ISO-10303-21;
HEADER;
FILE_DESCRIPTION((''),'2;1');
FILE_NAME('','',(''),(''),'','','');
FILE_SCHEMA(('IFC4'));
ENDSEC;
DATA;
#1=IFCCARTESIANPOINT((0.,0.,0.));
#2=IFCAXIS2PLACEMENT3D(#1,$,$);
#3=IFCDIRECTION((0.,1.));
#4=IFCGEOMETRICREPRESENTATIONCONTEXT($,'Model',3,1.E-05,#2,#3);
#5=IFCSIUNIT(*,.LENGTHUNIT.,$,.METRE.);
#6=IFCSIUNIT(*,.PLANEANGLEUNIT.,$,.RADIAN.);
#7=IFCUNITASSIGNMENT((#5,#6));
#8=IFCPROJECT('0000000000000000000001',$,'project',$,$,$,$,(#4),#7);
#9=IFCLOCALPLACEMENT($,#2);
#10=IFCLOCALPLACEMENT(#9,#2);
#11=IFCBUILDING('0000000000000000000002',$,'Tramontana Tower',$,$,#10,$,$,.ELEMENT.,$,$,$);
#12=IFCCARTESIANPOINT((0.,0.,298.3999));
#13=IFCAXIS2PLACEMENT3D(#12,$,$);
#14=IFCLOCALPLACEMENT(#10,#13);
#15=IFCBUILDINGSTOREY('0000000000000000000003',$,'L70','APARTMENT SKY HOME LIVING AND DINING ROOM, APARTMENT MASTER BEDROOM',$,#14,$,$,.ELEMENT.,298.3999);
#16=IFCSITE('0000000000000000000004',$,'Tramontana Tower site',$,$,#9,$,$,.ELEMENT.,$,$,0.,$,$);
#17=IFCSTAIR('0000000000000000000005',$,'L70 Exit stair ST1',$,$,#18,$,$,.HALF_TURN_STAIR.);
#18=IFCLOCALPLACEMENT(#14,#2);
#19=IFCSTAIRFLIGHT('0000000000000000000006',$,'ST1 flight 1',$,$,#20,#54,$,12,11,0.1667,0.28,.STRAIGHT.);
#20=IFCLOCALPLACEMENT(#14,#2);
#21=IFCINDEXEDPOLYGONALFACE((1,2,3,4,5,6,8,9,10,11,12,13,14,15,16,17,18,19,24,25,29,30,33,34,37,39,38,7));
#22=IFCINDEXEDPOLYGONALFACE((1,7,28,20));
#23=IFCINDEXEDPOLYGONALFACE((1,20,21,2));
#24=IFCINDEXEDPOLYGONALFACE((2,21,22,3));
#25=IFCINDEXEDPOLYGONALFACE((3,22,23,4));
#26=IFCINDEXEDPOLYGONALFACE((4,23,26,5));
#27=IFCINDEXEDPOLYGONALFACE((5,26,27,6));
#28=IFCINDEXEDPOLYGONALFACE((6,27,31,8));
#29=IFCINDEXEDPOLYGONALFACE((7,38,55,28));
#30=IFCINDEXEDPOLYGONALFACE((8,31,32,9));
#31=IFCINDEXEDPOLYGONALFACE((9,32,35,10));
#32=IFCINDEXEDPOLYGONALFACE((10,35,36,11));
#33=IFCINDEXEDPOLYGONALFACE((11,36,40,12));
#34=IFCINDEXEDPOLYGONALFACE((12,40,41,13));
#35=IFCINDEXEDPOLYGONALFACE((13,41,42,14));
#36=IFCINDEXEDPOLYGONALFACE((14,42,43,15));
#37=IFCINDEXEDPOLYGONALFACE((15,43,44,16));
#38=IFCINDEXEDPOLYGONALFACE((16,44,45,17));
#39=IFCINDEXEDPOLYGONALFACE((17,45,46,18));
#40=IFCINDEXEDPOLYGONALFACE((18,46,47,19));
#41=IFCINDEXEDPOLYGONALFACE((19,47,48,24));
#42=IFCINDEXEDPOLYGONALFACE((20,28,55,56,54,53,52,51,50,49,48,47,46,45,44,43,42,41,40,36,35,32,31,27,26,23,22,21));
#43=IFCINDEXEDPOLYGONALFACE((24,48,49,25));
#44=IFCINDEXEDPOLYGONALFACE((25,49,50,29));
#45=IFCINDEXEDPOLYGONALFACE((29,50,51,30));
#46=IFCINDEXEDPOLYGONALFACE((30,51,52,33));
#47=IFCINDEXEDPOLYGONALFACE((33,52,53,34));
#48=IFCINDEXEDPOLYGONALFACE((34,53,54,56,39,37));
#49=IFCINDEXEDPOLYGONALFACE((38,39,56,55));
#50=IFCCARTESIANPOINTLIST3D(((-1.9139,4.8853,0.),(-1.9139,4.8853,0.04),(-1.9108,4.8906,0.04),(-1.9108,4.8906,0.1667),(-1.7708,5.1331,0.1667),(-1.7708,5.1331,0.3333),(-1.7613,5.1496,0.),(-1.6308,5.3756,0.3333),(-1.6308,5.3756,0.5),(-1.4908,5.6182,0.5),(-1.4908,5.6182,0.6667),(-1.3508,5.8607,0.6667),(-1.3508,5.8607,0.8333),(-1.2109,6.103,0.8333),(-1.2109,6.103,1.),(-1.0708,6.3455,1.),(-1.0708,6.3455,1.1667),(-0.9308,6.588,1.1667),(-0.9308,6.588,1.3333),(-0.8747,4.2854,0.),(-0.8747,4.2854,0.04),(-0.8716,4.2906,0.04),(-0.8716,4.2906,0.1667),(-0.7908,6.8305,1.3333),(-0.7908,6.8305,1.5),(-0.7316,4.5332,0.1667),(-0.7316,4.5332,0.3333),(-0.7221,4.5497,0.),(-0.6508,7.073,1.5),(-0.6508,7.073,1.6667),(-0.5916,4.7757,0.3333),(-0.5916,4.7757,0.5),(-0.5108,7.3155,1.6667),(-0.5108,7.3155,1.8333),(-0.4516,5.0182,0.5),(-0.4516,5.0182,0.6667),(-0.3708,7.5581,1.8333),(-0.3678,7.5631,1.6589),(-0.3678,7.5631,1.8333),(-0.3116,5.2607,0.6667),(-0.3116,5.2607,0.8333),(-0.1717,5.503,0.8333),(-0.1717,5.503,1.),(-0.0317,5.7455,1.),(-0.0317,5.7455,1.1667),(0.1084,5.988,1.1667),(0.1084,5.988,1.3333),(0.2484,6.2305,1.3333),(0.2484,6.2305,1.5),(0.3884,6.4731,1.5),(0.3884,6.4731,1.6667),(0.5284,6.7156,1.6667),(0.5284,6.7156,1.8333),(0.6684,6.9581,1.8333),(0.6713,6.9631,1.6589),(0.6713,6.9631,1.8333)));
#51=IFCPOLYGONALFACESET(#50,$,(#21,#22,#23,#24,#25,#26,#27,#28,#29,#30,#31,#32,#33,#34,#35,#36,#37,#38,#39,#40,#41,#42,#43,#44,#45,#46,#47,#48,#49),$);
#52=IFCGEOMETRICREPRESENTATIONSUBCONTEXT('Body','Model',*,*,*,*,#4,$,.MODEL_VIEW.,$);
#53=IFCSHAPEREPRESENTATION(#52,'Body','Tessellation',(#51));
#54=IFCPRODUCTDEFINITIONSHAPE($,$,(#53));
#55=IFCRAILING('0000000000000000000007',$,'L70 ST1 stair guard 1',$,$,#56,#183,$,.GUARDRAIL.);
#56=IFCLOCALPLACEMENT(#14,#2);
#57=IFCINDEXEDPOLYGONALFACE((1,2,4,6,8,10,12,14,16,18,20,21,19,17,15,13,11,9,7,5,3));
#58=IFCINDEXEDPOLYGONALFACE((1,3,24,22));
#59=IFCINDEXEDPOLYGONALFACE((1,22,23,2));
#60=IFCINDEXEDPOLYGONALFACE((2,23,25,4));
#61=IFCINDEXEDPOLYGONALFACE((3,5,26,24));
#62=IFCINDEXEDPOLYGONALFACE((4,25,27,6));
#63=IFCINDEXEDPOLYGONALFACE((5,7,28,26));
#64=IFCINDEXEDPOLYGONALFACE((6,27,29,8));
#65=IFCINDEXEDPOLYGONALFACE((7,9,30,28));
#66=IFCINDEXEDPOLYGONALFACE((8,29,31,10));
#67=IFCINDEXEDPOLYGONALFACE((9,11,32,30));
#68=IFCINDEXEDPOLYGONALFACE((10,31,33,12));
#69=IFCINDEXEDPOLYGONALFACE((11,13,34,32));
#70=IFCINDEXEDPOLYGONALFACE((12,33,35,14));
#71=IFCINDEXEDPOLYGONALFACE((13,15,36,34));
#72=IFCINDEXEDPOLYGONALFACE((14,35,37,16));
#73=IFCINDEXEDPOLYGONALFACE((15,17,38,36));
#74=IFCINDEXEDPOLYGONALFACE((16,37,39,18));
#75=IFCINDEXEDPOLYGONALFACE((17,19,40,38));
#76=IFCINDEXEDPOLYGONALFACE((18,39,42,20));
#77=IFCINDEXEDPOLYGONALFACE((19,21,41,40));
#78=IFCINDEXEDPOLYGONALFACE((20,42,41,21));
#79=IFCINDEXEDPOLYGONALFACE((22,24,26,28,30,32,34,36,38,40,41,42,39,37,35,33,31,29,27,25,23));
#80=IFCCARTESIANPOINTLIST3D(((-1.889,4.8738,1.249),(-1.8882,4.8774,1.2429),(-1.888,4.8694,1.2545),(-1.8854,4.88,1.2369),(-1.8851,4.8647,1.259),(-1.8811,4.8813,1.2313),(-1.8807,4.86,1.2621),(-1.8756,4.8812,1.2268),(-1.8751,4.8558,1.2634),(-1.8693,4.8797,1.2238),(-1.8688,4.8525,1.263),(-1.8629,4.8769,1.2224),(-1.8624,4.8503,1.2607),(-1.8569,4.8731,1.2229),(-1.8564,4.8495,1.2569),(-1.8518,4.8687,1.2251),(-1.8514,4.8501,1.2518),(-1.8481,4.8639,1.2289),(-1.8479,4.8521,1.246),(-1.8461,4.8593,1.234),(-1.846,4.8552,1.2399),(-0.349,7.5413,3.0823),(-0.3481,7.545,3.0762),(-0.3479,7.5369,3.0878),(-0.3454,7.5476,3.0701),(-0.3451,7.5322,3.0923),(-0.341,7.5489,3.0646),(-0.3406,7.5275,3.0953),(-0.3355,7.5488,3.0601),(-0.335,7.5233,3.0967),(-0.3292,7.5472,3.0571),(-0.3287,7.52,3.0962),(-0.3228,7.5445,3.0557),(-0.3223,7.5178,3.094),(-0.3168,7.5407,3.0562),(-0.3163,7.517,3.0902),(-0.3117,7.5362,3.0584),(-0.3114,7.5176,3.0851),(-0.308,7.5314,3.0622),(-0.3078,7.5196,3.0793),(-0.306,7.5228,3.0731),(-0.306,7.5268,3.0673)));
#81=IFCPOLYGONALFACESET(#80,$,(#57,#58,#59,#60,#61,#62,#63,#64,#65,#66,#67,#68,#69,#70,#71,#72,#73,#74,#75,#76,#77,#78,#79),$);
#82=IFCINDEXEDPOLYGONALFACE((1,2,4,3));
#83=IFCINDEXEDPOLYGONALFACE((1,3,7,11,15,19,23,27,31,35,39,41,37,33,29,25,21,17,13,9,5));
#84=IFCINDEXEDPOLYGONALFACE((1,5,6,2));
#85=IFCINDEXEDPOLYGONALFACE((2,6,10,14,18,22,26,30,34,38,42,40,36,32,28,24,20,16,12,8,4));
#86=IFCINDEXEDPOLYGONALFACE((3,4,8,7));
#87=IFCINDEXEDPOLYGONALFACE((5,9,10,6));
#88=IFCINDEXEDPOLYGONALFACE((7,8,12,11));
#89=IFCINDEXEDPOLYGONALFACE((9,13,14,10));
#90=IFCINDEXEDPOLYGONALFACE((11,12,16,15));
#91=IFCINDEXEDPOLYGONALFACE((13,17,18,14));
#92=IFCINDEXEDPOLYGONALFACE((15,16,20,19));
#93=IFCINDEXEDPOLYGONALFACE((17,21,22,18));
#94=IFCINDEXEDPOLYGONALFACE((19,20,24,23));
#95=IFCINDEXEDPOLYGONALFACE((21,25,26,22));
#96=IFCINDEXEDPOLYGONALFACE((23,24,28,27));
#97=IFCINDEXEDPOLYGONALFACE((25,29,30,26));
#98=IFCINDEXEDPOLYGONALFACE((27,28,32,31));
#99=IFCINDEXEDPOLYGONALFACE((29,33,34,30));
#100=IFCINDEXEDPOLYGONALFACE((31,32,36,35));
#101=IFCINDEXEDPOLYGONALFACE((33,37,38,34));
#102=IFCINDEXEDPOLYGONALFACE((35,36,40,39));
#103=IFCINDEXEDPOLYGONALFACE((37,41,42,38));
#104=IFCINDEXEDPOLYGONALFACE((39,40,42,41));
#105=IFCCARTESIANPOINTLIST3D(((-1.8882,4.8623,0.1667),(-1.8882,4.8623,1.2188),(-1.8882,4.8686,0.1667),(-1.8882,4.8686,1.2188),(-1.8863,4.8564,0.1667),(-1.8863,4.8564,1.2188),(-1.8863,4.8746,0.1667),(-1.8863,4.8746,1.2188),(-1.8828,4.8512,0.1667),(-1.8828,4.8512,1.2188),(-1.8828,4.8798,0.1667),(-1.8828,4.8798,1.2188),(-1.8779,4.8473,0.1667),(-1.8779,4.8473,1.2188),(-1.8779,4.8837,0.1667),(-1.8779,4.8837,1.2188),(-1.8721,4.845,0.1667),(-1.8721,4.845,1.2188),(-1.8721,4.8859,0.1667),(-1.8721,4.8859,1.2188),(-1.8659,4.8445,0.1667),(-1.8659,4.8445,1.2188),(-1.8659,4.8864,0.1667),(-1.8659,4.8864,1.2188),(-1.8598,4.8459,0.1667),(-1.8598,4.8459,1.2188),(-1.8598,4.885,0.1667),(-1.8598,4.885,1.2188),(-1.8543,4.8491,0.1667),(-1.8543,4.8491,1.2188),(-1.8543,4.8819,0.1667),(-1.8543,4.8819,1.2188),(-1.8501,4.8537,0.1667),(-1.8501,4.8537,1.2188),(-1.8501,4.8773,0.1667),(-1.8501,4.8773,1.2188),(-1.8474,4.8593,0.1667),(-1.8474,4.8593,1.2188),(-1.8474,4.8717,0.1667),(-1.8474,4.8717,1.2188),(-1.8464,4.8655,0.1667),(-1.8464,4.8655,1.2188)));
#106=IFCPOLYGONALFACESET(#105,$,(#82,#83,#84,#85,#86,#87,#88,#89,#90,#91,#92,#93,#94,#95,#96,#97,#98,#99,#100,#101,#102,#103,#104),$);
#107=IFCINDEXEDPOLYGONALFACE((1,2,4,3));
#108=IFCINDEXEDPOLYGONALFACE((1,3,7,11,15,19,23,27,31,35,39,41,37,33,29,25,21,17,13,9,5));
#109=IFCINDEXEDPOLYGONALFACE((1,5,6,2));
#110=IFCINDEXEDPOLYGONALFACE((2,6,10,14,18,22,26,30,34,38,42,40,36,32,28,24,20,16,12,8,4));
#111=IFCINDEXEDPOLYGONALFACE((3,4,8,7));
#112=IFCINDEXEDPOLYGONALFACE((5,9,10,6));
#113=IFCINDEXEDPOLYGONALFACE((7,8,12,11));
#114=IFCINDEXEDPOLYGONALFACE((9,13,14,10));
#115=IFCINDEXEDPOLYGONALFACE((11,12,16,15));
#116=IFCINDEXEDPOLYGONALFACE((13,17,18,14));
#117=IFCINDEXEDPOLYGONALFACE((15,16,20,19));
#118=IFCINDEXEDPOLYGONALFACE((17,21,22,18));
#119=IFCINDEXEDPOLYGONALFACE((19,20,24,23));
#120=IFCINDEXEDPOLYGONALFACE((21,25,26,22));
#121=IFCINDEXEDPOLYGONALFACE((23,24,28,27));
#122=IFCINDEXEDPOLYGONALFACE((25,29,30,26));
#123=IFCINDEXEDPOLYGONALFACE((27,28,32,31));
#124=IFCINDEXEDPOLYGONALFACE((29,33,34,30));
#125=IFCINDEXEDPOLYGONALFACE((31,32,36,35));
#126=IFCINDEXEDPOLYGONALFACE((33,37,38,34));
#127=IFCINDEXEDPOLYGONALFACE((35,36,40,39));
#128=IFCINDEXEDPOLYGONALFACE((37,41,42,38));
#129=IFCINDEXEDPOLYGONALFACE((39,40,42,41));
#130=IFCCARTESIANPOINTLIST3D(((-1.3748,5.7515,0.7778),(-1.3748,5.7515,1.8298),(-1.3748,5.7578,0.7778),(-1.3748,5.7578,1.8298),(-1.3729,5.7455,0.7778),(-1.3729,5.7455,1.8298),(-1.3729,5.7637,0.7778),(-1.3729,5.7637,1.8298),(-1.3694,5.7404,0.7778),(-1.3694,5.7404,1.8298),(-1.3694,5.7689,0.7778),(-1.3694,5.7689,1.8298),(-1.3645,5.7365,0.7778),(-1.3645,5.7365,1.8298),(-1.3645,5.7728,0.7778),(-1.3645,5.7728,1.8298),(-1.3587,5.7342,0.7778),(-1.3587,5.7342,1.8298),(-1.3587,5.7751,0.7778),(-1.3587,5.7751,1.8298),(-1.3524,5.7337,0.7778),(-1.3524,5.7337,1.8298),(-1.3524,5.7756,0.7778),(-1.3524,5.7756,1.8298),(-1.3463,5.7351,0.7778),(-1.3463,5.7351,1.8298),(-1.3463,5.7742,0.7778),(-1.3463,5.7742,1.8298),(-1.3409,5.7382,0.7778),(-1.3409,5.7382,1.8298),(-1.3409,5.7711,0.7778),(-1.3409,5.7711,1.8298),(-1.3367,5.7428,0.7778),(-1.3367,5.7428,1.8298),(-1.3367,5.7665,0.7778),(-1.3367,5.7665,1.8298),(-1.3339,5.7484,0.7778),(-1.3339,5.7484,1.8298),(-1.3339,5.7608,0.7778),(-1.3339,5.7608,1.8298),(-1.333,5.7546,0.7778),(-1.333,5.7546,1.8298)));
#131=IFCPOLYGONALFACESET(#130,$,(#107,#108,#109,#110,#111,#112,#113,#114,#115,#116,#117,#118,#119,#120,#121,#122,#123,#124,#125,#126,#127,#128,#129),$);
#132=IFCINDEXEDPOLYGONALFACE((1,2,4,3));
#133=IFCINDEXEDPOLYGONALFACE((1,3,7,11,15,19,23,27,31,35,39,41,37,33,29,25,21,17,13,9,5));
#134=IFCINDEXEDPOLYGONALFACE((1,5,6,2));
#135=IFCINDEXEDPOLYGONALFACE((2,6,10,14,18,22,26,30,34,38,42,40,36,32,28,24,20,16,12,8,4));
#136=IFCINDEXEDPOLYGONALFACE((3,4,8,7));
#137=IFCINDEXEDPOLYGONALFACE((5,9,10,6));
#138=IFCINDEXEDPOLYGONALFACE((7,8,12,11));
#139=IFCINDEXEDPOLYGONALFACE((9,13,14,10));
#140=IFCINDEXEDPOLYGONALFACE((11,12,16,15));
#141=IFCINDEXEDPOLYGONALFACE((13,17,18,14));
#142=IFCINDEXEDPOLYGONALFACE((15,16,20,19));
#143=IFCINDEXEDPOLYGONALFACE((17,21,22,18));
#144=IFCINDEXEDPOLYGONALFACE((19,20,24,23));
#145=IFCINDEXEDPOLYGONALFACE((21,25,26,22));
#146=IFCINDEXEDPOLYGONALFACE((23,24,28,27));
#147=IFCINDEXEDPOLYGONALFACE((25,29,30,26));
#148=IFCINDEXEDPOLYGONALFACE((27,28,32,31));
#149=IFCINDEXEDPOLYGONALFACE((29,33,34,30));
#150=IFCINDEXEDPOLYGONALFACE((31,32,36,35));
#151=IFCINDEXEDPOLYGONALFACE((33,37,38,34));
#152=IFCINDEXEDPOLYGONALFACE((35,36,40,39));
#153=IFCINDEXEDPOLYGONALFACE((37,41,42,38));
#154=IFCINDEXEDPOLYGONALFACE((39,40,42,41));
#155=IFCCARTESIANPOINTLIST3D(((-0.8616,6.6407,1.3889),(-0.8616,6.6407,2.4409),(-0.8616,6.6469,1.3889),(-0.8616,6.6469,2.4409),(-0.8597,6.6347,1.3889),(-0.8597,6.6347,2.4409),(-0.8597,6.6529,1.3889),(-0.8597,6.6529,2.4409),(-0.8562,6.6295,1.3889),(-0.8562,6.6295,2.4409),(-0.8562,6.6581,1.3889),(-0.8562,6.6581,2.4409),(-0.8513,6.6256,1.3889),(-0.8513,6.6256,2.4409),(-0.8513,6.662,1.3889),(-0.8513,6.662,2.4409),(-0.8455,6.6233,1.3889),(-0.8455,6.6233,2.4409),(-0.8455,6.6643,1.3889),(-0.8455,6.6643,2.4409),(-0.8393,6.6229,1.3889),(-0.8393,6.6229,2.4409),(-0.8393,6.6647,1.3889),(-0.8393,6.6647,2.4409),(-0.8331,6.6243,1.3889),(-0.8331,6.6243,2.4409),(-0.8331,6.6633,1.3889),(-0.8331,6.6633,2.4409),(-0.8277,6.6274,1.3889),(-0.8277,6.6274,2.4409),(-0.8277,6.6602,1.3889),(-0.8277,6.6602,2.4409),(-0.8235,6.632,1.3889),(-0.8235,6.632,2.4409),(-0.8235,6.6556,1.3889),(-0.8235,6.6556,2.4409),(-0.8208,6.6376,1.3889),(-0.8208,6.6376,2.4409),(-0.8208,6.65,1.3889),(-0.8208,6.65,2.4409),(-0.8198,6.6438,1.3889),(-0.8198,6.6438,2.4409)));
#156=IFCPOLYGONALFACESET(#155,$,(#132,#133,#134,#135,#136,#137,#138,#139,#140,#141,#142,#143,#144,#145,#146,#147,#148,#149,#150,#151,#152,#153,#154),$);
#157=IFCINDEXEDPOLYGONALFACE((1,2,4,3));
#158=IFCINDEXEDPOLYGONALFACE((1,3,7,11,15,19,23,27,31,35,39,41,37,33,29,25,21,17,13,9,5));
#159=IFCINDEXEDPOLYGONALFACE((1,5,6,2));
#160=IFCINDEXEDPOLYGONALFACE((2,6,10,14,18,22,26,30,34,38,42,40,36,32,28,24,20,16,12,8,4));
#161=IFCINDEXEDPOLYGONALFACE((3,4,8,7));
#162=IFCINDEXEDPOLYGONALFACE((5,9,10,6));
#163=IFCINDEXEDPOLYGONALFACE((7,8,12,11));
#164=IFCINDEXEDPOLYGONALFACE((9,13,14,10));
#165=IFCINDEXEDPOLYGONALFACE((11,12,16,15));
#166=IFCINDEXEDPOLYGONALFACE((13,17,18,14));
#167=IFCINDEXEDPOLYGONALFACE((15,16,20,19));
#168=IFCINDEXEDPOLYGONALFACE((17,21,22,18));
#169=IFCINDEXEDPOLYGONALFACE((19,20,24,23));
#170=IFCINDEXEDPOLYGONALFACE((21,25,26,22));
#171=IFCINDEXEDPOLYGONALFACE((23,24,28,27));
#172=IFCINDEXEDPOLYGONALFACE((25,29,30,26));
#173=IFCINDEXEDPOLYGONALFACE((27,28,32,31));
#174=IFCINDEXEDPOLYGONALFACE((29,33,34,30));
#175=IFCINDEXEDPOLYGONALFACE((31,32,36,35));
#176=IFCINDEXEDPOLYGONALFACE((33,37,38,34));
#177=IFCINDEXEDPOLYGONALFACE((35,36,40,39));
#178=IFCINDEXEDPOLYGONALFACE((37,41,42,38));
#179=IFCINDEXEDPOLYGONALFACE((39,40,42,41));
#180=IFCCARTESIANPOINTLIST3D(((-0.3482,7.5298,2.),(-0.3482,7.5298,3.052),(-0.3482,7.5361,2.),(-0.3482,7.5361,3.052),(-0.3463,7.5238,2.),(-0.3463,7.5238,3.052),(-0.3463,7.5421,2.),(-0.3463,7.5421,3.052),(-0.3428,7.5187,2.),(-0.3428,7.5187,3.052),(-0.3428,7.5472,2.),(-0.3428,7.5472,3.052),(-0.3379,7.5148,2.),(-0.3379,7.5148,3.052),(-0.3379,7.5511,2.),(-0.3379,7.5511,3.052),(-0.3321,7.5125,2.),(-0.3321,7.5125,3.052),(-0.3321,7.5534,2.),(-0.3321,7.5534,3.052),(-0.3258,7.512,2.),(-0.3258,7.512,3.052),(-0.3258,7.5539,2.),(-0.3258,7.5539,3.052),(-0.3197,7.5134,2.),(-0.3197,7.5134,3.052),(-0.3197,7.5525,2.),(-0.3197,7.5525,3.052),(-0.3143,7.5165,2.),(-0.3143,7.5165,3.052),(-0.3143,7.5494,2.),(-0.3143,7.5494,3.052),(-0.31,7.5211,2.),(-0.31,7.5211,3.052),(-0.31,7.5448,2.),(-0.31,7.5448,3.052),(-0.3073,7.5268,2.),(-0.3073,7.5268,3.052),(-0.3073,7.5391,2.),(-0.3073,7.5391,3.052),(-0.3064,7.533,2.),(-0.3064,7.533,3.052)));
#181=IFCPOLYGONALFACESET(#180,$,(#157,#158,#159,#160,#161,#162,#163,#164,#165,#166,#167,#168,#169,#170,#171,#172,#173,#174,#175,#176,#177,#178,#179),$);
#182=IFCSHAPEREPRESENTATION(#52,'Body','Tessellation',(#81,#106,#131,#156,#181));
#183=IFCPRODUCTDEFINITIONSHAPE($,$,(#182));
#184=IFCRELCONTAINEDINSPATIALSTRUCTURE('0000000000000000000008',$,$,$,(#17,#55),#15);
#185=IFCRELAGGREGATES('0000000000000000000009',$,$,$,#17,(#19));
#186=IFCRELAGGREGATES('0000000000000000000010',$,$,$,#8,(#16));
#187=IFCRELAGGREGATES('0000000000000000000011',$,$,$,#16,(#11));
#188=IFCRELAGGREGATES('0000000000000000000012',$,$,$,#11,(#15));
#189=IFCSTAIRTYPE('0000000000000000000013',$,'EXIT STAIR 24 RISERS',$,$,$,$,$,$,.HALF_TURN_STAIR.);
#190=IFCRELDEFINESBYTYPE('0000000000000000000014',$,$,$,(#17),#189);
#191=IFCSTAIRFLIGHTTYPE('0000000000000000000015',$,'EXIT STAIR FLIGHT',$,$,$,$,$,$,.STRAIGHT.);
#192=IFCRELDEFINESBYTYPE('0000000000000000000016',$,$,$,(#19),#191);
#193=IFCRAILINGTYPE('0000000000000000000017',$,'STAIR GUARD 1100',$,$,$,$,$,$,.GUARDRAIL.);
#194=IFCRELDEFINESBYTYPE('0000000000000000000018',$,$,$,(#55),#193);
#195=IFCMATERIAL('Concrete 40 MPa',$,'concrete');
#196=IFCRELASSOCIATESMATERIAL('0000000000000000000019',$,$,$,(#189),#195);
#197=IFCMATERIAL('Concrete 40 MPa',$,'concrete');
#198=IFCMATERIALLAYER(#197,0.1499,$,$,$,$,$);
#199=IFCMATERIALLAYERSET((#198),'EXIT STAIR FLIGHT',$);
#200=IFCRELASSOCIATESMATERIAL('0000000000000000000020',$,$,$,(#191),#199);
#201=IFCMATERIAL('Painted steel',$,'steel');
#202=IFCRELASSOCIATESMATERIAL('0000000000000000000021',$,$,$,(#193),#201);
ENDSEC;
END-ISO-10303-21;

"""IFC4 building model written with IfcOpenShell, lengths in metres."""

from ifc_helpers import new_model, si_unit, direction, frame, origin, origin_2d, place, context, subcontext, project, spatial, polyline, circle, outline, extrude, material, layer, layer_set, type_object, element, aggregate, save


model = new_model("IFC4")

# Units and contexts
model_context = context("Model", 3, precision=1e-05, world=origin(), true_north=direction((0.0, 1.0)))
body_context = subcontext(model_context, "Body", "Model", "MODEL_VIEW")
ifc_project = project(units=[si_unit("LENGTHUNIT", "METRE"), si_unit("PLANEANGLEUNIT", "RADIAN")], contexts=[model_context])

# Site, building, storey
site_placement = place(None, origin())
site = spatial("IfcSite", under=ifc_project, at=site_placement, Name="Tramontana Tower site", CompositionType="ELEMENT", RefElevation=0.0)
building_placement = place(site_placement, origin())
building = spatial("IfcBuilding", under=site, at=building_placement, Name="Tramontana Tower", CompositionType="ELEMENT")
storey_placement = place(building_placement, frame((0.0, 0.0, 298.3999)))
storey = spatial("IfcBuildingStorey", under=building, at=storey_placement, Name="L70", Description="APARTMENT SKY HOME LIVING AND DINING ROOM, APARTMENT MASTER BEDROOM", CompositionType="ELEMENT", Elevation=298.3999)

# Stair, stair flight
ifc_material_1 = material(Name="Concrete 40 MPa", Category="concrete")
stair_type = type_object("IfcStairType", Name="EXIT STAIR 24 RISERS", PredefinedType="HALF_TURN_STAIR", material=ifc_material_1)
stair_placement = place(storey_placement, origin())
stair = element("IfcStair", 1, at=stair_placement, inside=storey, type_object=stair_type, Name="L70 Exit stair ST1", PredefinedType="HALF_TURN_STAIR")
ifc_material_2 = material(Name="Concrete 40 MPa", Category="concrete")
ifc_layer_1 = layer(ifc_material_2, 0.1499)
ifc_layer_set_1 = layer_set([ifc_layer_1], Name="EXIT STAIR FLIGHT")
stair_flight_type = type_object("IfcStairFlightType", Name="EXIT STAIR FLIGHT", PredefinedType="STRAIGHT", material=ifc_layer_set_1)
stair_flight_placement = place(storey_placement, frame((-1.3911, 4.5906, 0.0), z_axis=(0.0, 0.0, 1.0), x_axis=(0.5, 0.866025, 0.0)))
stair_flight = element("IfcStairFlight", 2, at=stair_flight_placement, type_object=stair_flight_type, Name="ST1 flight 1", NumberOfRisers=12, NumberOfTreads=11, PredefinedType="STRAIGHT", RiserHeight=0.1667, TreadLength=0.28, context=body_context, shape_type="SweptSolid", body=[
    extrude(outline(polyline([(-0.0061, 0.0), (-0.0061, 0.04), (0.0, 0.04), (0.0, 0.1667), (0.28, 0.1667), (0.28, 0.3333), (0.5601, 0.3333), (0.5601, 0.5), (0.8401, 0.5), (0.8401, 0.6667), (1.1201, 0.6667), (1.1201, 0.8333), (1.3999, 0.8333), (1.3999, 1.0), (1.6799, 1.0), (1.6799, 1.1667), (1.96, 1.1667), (1.96, 1.3333), (2.24, 1.3333), (2.24, 1.5), (2.52, 1.5), (2.52, 1.6667), (2.8, 1.6667), (2.8, 1.8333), (3.0801, 1.8333), (3.0859, 1.8333), (3.0859, 1.6589), (0.2991, 0.0), (-0.0061, 0.0)])), frame((0.0, 0.6001, 0.0), z_axis=(0.0, -1.0, 0.0), x_axis=(1.0, 0.0, 0.0)), (0.0, 0.0, 1.0), 1.2),
])
aggregate(stair, [stair_flight])

# Railing
ifc_material_3 = material(Name="Painted steel", Category="steel")
railing_type_1 = type_object("IfcRailingType", Name="STAIR GUARD 1100", PredefinedType="GUARDRAIL", material=ifc_material_3)
railing_1_placement = place(storey_placement, frame((-1.8674, 4.8655, 0.1667)))
element("IfcRailing", 3, at=railing_1_placement, inside=storey, type_object=railing_type_1, Name="L70 ST1 stair guard 1", PredefinedType="GUARDRAIL", context=body_context, shape_type="SweptSolid", body=[
    extrude(circle(Radius=0.0239, at=origin_2d()), frame((0.0, 0.0, 1.0762), z_axis=(0.429649, 0.74419, 0.511452), x_axis=(-0.86603, 0.499992, 0.0)), (0.0, 0.0, 1.0), 3.5845),
    extrude(circle(Radius=0.021, at=origin_2d()), origin(), (0.0, 0.0, 1.0), 1.052),
    extrude(circle(Radius=0.021, at=origin_2d()), frame((0.5134, 0.8892, 0.6111)), (0.0, 0.0, 1.0), 1.052),
    extrude(circle(Radius=0.021, at=origin_2d()), frame((1.0266, 1.7783, 1.2222)), (0.0, 0.0, 1.0), 1.052),
    extrude(circle(Radius=0.021, at=origin_2d()), frame((1.54, 2.6675, 1.8333)), (0.0, 0.0, 1.0), 1.052),
])

save(model, "model.ifc")
